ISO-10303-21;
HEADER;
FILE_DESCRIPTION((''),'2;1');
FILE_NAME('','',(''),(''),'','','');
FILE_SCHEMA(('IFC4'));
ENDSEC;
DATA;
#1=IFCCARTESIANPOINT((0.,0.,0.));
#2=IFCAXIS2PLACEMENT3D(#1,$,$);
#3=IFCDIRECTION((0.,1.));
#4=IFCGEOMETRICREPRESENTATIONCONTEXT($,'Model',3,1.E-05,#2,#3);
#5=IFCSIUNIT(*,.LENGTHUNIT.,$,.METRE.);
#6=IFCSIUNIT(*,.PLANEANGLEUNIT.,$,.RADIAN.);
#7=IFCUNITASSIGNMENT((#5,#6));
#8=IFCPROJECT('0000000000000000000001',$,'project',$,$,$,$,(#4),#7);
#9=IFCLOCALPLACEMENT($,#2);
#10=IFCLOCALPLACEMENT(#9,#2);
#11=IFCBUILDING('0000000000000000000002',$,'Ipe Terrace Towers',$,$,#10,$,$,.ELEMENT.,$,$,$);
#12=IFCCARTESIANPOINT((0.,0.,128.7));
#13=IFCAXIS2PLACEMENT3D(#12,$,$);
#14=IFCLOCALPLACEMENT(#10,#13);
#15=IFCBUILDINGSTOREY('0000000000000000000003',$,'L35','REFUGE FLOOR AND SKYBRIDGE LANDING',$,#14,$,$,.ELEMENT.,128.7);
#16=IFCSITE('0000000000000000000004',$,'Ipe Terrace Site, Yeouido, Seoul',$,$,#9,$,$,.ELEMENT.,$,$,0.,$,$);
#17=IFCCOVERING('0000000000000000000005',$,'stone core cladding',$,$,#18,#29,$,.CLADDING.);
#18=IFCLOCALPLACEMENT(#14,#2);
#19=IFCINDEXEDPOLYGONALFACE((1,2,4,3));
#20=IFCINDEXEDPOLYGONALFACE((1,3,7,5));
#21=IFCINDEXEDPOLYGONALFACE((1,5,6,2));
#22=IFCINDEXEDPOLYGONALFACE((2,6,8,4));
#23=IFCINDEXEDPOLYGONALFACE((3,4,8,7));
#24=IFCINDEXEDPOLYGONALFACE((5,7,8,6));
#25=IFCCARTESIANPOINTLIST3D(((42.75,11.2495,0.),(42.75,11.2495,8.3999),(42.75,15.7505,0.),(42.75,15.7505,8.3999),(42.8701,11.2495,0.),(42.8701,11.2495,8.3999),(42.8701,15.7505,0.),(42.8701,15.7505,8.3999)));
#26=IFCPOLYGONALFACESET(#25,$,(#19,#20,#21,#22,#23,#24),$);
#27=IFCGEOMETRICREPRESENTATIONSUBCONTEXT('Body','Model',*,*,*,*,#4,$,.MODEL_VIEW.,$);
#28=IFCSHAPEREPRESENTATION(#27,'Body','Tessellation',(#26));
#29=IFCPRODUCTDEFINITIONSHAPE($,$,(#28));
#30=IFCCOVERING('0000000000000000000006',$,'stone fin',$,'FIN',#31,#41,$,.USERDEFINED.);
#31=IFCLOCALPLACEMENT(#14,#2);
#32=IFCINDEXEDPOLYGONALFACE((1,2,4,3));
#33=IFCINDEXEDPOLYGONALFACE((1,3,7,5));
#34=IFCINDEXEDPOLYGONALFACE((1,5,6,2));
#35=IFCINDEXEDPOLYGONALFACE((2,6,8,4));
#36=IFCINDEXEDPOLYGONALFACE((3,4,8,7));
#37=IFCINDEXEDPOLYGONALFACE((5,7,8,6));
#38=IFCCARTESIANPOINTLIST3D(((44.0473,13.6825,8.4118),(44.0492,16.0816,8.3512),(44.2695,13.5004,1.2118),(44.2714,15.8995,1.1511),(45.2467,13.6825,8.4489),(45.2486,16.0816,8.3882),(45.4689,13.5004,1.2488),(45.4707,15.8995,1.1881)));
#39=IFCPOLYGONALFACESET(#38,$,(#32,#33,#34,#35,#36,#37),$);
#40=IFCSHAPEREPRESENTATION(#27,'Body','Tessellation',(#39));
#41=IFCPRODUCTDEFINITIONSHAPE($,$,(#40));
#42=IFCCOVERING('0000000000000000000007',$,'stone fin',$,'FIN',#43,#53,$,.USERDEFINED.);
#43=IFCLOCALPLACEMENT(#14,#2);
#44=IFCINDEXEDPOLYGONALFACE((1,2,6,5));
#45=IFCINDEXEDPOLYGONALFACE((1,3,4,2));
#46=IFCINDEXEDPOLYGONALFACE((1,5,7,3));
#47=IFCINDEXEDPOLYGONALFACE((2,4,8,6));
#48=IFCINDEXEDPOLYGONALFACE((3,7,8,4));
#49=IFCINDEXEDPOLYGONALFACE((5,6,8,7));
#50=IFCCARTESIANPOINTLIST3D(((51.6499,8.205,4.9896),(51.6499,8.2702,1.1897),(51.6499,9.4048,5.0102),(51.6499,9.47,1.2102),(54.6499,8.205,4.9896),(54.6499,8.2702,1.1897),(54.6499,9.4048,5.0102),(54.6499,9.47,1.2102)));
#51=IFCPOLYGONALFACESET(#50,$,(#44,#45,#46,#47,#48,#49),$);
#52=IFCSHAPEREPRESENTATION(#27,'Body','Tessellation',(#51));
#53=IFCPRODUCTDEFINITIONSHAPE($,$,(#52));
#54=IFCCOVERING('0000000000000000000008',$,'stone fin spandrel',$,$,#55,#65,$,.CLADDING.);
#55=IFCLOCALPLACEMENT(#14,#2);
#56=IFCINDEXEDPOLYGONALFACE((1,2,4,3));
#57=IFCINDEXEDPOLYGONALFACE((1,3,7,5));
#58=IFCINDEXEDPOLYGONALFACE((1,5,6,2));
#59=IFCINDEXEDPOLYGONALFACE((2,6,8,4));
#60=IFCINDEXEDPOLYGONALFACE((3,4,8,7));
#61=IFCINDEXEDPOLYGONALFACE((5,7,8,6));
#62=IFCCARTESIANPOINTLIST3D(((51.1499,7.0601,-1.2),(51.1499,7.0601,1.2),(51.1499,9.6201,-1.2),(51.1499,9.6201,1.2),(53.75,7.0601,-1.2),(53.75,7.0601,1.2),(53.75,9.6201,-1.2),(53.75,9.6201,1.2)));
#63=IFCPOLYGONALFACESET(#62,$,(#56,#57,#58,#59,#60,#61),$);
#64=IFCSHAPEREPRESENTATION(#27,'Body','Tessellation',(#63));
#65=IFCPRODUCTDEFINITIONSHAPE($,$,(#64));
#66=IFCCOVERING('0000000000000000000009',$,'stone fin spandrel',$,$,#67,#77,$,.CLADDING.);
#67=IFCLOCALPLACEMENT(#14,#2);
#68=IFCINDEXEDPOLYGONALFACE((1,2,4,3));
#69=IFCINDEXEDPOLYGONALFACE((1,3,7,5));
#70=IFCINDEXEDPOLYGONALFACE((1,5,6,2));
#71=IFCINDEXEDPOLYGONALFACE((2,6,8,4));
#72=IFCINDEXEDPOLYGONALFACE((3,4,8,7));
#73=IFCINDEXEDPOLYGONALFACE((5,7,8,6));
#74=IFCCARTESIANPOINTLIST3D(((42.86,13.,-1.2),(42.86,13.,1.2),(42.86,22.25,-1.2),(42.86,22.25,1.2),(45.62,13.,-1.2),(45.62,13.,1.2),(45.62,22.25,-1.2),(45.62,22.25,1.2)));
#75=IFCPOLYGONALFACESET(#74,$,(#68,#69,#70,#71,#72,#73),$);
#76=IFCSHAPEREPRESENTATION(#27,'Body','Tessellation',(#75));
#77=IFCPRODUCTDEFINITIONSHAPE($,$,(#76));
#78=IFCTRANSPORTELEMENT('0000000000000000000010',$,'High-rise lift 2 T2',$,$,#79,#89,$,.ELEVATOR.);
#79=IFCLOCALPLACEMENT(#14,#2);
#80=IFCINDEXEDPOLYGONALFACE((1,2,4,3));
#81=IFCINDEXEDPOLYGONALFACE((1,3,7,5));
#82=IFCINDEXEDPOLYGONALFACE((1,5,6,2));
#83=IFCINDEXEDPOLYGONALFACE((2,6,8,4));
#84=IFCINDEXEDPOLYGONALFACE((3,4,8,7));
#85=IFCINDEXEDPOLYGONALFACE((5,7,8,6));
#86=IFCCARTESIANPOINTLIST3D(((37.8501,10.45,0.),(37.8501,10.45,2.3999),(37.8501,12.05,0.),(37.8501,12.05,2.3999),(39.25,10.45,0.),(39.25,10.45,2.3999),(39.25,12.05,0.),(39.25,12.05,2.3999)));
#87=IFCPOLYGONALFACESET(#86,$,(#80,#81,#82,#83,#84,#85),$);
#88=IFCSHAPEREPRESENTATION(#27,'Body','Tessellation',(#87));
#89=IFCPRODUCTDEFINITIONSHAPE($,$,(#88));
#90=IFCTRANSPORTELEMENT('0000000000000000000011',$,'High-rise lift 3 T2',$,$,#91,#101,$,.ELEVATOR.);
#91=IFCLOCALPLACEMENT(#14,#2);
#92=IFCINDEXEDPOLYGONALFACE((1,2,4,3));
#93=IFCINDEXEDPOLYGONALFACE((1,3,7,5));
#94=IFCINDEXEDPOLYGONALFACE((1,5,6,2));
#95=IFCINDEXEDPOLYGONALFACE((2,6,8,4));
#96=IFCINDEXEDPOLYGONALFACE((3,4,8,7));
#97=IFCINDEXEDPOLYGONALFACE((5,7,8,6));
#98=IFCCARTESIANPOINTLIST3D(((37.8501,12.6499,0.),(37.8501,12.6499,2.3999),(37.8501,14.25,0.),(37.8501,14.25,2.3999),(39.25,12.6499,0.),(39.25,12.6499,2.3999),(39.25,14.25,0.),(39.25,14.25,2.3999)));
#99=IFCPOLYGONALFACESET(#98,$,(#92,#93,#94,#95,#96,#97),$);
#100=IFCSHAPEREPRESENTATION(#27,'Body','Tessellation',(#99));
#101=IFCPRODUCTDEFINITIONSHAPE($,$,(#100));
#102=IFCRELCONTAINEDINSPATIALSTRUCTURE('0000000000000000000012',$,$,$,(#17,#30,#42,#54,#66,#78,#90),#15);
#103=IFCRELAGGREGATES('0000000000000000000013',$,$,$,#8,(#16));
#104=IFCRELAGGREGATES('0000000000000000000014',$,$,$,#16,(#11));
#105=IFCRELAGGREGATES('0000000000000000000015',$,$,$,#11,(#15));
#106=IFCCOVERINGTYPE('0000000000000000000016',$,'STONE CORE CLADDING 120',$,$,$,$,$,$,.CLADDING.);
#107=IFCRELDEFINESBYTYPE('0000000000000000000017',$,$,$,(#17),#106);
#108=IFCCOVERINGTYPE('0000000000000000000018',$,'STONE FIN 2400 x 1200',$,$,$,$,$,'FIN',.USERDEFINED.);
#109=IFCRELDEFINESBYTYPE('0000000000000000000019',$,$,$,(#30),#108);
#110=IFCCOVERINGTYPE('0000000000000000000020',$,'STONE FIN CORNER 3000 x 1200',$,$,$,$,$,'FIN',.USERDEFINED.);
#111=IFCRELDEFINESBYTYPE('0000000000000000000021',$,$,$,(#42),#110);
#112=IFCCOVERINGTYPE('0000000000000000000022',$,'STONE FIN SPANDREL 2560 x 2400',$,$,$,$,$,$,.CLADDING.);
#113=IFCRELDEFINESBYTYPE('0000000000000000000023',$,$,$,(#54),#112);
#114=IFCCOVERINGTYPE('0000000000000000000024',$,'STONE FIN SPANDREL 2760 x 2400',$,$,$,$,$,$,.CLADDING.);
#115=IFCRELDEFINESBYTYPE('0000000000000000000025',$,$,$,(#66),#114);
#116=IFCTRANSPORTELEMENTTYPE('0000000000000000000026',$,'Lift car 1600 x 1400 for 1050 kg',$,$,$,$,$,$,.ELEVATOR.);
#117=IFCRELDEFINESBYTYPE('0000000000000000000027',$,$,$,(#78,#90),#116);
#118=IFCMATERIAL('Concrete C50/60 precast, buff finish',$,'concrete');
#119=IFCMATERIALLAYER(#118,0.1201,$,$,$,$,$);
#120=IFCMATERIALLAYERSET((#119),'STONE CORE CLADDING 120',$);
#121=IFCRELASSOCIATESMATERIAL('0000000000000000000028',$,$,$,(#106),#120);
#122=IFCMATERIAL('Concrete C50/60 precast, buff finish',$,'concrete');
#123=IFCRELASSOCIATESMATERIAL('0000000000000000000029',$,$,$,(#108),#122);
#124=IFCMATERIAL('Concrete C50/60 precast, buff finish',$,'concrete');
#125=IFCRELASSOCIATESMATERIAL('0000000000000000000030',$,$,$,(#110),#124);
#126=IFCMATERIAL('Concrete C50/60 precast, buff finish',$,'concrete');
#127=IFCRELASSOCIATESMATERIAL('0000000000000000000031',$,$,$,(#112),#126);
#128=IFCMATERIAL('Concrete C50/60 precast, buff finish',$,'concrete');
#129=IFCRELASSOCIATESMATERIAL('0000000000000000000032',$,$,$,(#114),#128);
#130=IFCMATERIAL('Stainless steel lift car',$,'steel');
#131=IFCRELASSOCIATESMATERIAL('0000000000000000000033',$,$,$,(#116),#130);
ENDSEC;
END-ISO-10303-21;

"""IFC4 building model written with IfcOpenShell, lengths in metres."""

from ifc_helpers import new_model, si_unit, direction, frame, origin, origin_2d, place, context, subcontext, project, spatial, rectangle, extrude, material, layer, layer_set, material_profile, profile_set, type_object, element, save


model = new_model("IFC4")

# Units and contexts
model_context = context("Model", 3, precision=1e-05, world=origin(), true_north=direction((0.0, 1.0)))
body_context = subcontext(model_context, "Body", "Model", "MODEL_VIEW")
ifc_project = project(units=[si_unit("LENGTHUNIT", "METRE"), si_unit("PLANEANGLEUNIT", "RADIAN")], contexts=[model_context])

# Site, building, storey
site_placement = place(None, origin())
site = spatial("IfcSite", under=ifc_project, at=site_placement, Name="Ipe Terrace Site, Yeouido, Seoul", CompositionType="ELEMENT", RefElevation=0.0)
building_placement = place(site_placement, origin())
building = spatial("IfcBuilding", under=site, at=building_placement, Name="Ipe Terrace Towers", CompositionType="ELEMENT")
storey_placement = place(building_placement, frame((0.0, 0.0, 128.7)))
storey = spatial("IfcBuildingStorey", under=building, at=storey_placement, Name="L35", Description="REFUGE FLOOR AND SKYBRIDGE LANDING", CompositionType="ELEMENT", Elevation=128.7)

# Coverings
ifc_material_1 = material(Name="Concrete C50/60 precast, buff finish", Category="concrete")
ifc_layer_1 = layer(ifc_material_1, 0.1201)
ifc_layer_set_1 = layer_set([ifc_layer_1], Name="STONE CORE CLADDING 120")
covering_type_1 = type_object("IfcCoveringType", Name="STONE CORE CLADDING 120", PredefinedType="CLADDING", material=ifc_layer_set_1)
covering_1_placement = place(storey_placement, frame((42.8101, 13.5, 0.0), z_axis=(0.0, 0.0, 1.0), x_axis=(0.0, 1.0, 0.0)))
element("IfcCovering", 1, at=covering_1_placement, inside=storey, type_object=covering_type_1, Name="stone core cladding", PredefinedType="CLADDING", context=body_context, shape_type="SweptSolid", body=[
    extrude(rectangle(XDim=4.501, YDim=0.1201, at=origin_2d()), origin(), (0.0, 0.0, 1.0), 8.3999),
])
ifc_material_2 = material(Name="Concrete C50/60 precast, buff finish", Category="concrete")
ifc_material_profile_1 = material_profile(ifc_material_2, rectangle(XDim=2.3999, YDim=1.2, at=origin_2d()), Name="STONE FIN 2400 x 1200")
ifc_profile_set_1 = profile_set([ifc_material_profile_1], Name="Concrete C50/60 precast, buff finish")
covering_type_2 = type_object("IfcCoveringType", Name="STONE FIN 2400 x 1200", ElementType="FIN", PredefinedType="USERDEFINED", material=ifc_profile_set_1)
covering_2_placement = place(storey_placement, frame((44.8701, 14.7, 1.2), z_axis=(-0.030831, 0.025275, 0.999205), x_axis=(0.00078, 0.999681, -0.025263)))
element("IfcCovering", 2, at=covering_2_placement, inside=storey, type_object=covering_type_2, Name="stone fin", ObjectType="FIN", PredefinedType="USERDEFINED", context=body_context, shape_type="SweptSolid", body=[
    extrude(rectangle(XDim=2.3999, YDim=1.2, at=origin_2d()), origin(), (0.0, 0.0, 1.0), 7.2058),
])
ifc_material_3 = material(Name="Concrete C50/60 precast, buff finish", Category="concrete")
ifc_material_profile_2 = material_profile(ifc_material_3, rectangle(XDim=3.0, YDim=1.2, at=origin_2d()), Name="STONE FIN CORNER 3000 x 1200")
ifc_profile_set_2 = profile_set([ifc_material_profile_2], Name="Concrete C50/60 precast, buff finish")
covering_type_3 = type_object("IfcCoveringType", Name="STONE FIN CORNER 3000 x 1200", ElementType="FIN", PredefinedType="USERDEFINED", material=ifc_profile_set_2)
covering_3_placement = place(storey_placement, frame((53.1499, 8.8701, 1.2), z_axis=(0.0, -0.017151, 0.999853), x_axis=(-1.0, 0.0, 0.0)))
element("IfcCovering", 3, at=covering_3_placement, inside=storey, type_object=covering_type_3, Name="stone fin", ObjectType="FIN", PredefinedType="USERDEFINED", context=body_context, shape_type="SweptSolid", body=[
    extrude(rectangle(XDim=3.0, YDim=1.2, at=origin_2d()), origin(), (0.0, 0.0, 1.0), 3.8005),
])
ifc_material_4 = material(Name="Concrete C50/60 precast, buff finish", Category="concrete")
ifc_material_profile_3 = material_profile(ifc_material_4, rectangle(XDim=2.5601, YDim=2.3999, at=origin_2d()), Name="STONE FIN SPANDREL 2560 x 2400")
ifc_profile_set_3 = profile_set([ifc_material_profile_3], Name="Concrete C50/60 precast, buff finish")
covering_type_4 = type_object("IfcCoveringType", Name="STONE FIN SPANDREL 2560 x 2400", PredefinedType="CLADDING", material=ifc_profile_set_3)
covering_4_placement = place(storey_placement, frame((53.75, 8.3401, 0.0), z_axis=(-1.0, 0.0, 0.0), x_axis=(0.0, 1.0, 0.0)))
element("IfcCovering", 4, at=covering_4_placement, inside=storey, type_object=covering_type_4, Name="stone fin spandrel", PredefinedType="CLADDING", context=body_context, shape_type="SweptSolid", body=[
    extrude(rectangle(XDim=2.5601, YDim=2.3999, at=origin_2d()), origin(), (0.0, 0.0, 1.0), 2.6001),
])
ifc_material_5 = material(Name="Concrete C50/60 precast, buff finish", Category="concrete")
ifc_material_profile_4 = material_profile(ifc_material_5, rectangle(XDim=2.76, YDim=2.3999, at=origin_2d()), Name="STONE FIN SPANDREL 2760 x 2400")
ifc_profile_set_4 = profile_set([ifc_material_profile_4], Name="Concrete C50/60 precast, buff finish")
covering_type_5 = type_object("IfcCoveringType", Name="STONE FIN SPANDREL 2760 x 2400", PredefinedType="CLADDING", material=ifc_profile_set_4)
covering_5_placement = place(storey_placement, frame((44.24, 13.0, 0.0), z_axis=(0.0, 1.0, 0.0), x_axis=(1.0, 0.0, 0.0)))
element("IfcCovering", 5, at=covering_5_placement, inside=storey, type_object=covering_type_5, Name="stone fin spandrel", PredefinedType="CLADDING", context=body_context, shape_type="SweptSolid", body=[
    extrude(rectangle(XDim=2.76, YDim=2.3999, at=origin_2d()), origin(), (0.0, 0.0, 1.0), 9.25),
])

# Transport elements
ifc_material_6 = material(Name="Stainless steel lift car", Category="steel")
transport_element_type = type_object("IfcTransportElementType", Name="Lift car 1600 x 1400 for 1050 kg", PredefinedType="ELEVATOR", material=ifc_material_6)
for number, where, z_axis, x_axis, name in (
    (6, (38.55, 11.25, 0.0), (0.0, 0.0, 1.0), (1.0, 0.0, 0.0), "High-rise lift 2 T2"),
    (7, (38.55, 13.45, 0.0), (0.0, 0.0, 1.0), (1.0, 0.0, 0.0), "High-rise lift 3 T2"),
):
    element("IfcTransportElement", number, at=place(storey_placement, frame(where, z_axis=z_axis, x_axis=x_axis)), inside=storey, type_object=transport_element_type, Name=name, PredefinedType="ELEVATOR", context=body_context, shape_type="SweptSolid", body=[
        extrude(rectangle(XDim=1.3999, YDim=1.6001, at=origin_2d()), origin(), (0.0, 0.0, 1.0), 2.3999),
    ])

save(model, "model.ifc")
